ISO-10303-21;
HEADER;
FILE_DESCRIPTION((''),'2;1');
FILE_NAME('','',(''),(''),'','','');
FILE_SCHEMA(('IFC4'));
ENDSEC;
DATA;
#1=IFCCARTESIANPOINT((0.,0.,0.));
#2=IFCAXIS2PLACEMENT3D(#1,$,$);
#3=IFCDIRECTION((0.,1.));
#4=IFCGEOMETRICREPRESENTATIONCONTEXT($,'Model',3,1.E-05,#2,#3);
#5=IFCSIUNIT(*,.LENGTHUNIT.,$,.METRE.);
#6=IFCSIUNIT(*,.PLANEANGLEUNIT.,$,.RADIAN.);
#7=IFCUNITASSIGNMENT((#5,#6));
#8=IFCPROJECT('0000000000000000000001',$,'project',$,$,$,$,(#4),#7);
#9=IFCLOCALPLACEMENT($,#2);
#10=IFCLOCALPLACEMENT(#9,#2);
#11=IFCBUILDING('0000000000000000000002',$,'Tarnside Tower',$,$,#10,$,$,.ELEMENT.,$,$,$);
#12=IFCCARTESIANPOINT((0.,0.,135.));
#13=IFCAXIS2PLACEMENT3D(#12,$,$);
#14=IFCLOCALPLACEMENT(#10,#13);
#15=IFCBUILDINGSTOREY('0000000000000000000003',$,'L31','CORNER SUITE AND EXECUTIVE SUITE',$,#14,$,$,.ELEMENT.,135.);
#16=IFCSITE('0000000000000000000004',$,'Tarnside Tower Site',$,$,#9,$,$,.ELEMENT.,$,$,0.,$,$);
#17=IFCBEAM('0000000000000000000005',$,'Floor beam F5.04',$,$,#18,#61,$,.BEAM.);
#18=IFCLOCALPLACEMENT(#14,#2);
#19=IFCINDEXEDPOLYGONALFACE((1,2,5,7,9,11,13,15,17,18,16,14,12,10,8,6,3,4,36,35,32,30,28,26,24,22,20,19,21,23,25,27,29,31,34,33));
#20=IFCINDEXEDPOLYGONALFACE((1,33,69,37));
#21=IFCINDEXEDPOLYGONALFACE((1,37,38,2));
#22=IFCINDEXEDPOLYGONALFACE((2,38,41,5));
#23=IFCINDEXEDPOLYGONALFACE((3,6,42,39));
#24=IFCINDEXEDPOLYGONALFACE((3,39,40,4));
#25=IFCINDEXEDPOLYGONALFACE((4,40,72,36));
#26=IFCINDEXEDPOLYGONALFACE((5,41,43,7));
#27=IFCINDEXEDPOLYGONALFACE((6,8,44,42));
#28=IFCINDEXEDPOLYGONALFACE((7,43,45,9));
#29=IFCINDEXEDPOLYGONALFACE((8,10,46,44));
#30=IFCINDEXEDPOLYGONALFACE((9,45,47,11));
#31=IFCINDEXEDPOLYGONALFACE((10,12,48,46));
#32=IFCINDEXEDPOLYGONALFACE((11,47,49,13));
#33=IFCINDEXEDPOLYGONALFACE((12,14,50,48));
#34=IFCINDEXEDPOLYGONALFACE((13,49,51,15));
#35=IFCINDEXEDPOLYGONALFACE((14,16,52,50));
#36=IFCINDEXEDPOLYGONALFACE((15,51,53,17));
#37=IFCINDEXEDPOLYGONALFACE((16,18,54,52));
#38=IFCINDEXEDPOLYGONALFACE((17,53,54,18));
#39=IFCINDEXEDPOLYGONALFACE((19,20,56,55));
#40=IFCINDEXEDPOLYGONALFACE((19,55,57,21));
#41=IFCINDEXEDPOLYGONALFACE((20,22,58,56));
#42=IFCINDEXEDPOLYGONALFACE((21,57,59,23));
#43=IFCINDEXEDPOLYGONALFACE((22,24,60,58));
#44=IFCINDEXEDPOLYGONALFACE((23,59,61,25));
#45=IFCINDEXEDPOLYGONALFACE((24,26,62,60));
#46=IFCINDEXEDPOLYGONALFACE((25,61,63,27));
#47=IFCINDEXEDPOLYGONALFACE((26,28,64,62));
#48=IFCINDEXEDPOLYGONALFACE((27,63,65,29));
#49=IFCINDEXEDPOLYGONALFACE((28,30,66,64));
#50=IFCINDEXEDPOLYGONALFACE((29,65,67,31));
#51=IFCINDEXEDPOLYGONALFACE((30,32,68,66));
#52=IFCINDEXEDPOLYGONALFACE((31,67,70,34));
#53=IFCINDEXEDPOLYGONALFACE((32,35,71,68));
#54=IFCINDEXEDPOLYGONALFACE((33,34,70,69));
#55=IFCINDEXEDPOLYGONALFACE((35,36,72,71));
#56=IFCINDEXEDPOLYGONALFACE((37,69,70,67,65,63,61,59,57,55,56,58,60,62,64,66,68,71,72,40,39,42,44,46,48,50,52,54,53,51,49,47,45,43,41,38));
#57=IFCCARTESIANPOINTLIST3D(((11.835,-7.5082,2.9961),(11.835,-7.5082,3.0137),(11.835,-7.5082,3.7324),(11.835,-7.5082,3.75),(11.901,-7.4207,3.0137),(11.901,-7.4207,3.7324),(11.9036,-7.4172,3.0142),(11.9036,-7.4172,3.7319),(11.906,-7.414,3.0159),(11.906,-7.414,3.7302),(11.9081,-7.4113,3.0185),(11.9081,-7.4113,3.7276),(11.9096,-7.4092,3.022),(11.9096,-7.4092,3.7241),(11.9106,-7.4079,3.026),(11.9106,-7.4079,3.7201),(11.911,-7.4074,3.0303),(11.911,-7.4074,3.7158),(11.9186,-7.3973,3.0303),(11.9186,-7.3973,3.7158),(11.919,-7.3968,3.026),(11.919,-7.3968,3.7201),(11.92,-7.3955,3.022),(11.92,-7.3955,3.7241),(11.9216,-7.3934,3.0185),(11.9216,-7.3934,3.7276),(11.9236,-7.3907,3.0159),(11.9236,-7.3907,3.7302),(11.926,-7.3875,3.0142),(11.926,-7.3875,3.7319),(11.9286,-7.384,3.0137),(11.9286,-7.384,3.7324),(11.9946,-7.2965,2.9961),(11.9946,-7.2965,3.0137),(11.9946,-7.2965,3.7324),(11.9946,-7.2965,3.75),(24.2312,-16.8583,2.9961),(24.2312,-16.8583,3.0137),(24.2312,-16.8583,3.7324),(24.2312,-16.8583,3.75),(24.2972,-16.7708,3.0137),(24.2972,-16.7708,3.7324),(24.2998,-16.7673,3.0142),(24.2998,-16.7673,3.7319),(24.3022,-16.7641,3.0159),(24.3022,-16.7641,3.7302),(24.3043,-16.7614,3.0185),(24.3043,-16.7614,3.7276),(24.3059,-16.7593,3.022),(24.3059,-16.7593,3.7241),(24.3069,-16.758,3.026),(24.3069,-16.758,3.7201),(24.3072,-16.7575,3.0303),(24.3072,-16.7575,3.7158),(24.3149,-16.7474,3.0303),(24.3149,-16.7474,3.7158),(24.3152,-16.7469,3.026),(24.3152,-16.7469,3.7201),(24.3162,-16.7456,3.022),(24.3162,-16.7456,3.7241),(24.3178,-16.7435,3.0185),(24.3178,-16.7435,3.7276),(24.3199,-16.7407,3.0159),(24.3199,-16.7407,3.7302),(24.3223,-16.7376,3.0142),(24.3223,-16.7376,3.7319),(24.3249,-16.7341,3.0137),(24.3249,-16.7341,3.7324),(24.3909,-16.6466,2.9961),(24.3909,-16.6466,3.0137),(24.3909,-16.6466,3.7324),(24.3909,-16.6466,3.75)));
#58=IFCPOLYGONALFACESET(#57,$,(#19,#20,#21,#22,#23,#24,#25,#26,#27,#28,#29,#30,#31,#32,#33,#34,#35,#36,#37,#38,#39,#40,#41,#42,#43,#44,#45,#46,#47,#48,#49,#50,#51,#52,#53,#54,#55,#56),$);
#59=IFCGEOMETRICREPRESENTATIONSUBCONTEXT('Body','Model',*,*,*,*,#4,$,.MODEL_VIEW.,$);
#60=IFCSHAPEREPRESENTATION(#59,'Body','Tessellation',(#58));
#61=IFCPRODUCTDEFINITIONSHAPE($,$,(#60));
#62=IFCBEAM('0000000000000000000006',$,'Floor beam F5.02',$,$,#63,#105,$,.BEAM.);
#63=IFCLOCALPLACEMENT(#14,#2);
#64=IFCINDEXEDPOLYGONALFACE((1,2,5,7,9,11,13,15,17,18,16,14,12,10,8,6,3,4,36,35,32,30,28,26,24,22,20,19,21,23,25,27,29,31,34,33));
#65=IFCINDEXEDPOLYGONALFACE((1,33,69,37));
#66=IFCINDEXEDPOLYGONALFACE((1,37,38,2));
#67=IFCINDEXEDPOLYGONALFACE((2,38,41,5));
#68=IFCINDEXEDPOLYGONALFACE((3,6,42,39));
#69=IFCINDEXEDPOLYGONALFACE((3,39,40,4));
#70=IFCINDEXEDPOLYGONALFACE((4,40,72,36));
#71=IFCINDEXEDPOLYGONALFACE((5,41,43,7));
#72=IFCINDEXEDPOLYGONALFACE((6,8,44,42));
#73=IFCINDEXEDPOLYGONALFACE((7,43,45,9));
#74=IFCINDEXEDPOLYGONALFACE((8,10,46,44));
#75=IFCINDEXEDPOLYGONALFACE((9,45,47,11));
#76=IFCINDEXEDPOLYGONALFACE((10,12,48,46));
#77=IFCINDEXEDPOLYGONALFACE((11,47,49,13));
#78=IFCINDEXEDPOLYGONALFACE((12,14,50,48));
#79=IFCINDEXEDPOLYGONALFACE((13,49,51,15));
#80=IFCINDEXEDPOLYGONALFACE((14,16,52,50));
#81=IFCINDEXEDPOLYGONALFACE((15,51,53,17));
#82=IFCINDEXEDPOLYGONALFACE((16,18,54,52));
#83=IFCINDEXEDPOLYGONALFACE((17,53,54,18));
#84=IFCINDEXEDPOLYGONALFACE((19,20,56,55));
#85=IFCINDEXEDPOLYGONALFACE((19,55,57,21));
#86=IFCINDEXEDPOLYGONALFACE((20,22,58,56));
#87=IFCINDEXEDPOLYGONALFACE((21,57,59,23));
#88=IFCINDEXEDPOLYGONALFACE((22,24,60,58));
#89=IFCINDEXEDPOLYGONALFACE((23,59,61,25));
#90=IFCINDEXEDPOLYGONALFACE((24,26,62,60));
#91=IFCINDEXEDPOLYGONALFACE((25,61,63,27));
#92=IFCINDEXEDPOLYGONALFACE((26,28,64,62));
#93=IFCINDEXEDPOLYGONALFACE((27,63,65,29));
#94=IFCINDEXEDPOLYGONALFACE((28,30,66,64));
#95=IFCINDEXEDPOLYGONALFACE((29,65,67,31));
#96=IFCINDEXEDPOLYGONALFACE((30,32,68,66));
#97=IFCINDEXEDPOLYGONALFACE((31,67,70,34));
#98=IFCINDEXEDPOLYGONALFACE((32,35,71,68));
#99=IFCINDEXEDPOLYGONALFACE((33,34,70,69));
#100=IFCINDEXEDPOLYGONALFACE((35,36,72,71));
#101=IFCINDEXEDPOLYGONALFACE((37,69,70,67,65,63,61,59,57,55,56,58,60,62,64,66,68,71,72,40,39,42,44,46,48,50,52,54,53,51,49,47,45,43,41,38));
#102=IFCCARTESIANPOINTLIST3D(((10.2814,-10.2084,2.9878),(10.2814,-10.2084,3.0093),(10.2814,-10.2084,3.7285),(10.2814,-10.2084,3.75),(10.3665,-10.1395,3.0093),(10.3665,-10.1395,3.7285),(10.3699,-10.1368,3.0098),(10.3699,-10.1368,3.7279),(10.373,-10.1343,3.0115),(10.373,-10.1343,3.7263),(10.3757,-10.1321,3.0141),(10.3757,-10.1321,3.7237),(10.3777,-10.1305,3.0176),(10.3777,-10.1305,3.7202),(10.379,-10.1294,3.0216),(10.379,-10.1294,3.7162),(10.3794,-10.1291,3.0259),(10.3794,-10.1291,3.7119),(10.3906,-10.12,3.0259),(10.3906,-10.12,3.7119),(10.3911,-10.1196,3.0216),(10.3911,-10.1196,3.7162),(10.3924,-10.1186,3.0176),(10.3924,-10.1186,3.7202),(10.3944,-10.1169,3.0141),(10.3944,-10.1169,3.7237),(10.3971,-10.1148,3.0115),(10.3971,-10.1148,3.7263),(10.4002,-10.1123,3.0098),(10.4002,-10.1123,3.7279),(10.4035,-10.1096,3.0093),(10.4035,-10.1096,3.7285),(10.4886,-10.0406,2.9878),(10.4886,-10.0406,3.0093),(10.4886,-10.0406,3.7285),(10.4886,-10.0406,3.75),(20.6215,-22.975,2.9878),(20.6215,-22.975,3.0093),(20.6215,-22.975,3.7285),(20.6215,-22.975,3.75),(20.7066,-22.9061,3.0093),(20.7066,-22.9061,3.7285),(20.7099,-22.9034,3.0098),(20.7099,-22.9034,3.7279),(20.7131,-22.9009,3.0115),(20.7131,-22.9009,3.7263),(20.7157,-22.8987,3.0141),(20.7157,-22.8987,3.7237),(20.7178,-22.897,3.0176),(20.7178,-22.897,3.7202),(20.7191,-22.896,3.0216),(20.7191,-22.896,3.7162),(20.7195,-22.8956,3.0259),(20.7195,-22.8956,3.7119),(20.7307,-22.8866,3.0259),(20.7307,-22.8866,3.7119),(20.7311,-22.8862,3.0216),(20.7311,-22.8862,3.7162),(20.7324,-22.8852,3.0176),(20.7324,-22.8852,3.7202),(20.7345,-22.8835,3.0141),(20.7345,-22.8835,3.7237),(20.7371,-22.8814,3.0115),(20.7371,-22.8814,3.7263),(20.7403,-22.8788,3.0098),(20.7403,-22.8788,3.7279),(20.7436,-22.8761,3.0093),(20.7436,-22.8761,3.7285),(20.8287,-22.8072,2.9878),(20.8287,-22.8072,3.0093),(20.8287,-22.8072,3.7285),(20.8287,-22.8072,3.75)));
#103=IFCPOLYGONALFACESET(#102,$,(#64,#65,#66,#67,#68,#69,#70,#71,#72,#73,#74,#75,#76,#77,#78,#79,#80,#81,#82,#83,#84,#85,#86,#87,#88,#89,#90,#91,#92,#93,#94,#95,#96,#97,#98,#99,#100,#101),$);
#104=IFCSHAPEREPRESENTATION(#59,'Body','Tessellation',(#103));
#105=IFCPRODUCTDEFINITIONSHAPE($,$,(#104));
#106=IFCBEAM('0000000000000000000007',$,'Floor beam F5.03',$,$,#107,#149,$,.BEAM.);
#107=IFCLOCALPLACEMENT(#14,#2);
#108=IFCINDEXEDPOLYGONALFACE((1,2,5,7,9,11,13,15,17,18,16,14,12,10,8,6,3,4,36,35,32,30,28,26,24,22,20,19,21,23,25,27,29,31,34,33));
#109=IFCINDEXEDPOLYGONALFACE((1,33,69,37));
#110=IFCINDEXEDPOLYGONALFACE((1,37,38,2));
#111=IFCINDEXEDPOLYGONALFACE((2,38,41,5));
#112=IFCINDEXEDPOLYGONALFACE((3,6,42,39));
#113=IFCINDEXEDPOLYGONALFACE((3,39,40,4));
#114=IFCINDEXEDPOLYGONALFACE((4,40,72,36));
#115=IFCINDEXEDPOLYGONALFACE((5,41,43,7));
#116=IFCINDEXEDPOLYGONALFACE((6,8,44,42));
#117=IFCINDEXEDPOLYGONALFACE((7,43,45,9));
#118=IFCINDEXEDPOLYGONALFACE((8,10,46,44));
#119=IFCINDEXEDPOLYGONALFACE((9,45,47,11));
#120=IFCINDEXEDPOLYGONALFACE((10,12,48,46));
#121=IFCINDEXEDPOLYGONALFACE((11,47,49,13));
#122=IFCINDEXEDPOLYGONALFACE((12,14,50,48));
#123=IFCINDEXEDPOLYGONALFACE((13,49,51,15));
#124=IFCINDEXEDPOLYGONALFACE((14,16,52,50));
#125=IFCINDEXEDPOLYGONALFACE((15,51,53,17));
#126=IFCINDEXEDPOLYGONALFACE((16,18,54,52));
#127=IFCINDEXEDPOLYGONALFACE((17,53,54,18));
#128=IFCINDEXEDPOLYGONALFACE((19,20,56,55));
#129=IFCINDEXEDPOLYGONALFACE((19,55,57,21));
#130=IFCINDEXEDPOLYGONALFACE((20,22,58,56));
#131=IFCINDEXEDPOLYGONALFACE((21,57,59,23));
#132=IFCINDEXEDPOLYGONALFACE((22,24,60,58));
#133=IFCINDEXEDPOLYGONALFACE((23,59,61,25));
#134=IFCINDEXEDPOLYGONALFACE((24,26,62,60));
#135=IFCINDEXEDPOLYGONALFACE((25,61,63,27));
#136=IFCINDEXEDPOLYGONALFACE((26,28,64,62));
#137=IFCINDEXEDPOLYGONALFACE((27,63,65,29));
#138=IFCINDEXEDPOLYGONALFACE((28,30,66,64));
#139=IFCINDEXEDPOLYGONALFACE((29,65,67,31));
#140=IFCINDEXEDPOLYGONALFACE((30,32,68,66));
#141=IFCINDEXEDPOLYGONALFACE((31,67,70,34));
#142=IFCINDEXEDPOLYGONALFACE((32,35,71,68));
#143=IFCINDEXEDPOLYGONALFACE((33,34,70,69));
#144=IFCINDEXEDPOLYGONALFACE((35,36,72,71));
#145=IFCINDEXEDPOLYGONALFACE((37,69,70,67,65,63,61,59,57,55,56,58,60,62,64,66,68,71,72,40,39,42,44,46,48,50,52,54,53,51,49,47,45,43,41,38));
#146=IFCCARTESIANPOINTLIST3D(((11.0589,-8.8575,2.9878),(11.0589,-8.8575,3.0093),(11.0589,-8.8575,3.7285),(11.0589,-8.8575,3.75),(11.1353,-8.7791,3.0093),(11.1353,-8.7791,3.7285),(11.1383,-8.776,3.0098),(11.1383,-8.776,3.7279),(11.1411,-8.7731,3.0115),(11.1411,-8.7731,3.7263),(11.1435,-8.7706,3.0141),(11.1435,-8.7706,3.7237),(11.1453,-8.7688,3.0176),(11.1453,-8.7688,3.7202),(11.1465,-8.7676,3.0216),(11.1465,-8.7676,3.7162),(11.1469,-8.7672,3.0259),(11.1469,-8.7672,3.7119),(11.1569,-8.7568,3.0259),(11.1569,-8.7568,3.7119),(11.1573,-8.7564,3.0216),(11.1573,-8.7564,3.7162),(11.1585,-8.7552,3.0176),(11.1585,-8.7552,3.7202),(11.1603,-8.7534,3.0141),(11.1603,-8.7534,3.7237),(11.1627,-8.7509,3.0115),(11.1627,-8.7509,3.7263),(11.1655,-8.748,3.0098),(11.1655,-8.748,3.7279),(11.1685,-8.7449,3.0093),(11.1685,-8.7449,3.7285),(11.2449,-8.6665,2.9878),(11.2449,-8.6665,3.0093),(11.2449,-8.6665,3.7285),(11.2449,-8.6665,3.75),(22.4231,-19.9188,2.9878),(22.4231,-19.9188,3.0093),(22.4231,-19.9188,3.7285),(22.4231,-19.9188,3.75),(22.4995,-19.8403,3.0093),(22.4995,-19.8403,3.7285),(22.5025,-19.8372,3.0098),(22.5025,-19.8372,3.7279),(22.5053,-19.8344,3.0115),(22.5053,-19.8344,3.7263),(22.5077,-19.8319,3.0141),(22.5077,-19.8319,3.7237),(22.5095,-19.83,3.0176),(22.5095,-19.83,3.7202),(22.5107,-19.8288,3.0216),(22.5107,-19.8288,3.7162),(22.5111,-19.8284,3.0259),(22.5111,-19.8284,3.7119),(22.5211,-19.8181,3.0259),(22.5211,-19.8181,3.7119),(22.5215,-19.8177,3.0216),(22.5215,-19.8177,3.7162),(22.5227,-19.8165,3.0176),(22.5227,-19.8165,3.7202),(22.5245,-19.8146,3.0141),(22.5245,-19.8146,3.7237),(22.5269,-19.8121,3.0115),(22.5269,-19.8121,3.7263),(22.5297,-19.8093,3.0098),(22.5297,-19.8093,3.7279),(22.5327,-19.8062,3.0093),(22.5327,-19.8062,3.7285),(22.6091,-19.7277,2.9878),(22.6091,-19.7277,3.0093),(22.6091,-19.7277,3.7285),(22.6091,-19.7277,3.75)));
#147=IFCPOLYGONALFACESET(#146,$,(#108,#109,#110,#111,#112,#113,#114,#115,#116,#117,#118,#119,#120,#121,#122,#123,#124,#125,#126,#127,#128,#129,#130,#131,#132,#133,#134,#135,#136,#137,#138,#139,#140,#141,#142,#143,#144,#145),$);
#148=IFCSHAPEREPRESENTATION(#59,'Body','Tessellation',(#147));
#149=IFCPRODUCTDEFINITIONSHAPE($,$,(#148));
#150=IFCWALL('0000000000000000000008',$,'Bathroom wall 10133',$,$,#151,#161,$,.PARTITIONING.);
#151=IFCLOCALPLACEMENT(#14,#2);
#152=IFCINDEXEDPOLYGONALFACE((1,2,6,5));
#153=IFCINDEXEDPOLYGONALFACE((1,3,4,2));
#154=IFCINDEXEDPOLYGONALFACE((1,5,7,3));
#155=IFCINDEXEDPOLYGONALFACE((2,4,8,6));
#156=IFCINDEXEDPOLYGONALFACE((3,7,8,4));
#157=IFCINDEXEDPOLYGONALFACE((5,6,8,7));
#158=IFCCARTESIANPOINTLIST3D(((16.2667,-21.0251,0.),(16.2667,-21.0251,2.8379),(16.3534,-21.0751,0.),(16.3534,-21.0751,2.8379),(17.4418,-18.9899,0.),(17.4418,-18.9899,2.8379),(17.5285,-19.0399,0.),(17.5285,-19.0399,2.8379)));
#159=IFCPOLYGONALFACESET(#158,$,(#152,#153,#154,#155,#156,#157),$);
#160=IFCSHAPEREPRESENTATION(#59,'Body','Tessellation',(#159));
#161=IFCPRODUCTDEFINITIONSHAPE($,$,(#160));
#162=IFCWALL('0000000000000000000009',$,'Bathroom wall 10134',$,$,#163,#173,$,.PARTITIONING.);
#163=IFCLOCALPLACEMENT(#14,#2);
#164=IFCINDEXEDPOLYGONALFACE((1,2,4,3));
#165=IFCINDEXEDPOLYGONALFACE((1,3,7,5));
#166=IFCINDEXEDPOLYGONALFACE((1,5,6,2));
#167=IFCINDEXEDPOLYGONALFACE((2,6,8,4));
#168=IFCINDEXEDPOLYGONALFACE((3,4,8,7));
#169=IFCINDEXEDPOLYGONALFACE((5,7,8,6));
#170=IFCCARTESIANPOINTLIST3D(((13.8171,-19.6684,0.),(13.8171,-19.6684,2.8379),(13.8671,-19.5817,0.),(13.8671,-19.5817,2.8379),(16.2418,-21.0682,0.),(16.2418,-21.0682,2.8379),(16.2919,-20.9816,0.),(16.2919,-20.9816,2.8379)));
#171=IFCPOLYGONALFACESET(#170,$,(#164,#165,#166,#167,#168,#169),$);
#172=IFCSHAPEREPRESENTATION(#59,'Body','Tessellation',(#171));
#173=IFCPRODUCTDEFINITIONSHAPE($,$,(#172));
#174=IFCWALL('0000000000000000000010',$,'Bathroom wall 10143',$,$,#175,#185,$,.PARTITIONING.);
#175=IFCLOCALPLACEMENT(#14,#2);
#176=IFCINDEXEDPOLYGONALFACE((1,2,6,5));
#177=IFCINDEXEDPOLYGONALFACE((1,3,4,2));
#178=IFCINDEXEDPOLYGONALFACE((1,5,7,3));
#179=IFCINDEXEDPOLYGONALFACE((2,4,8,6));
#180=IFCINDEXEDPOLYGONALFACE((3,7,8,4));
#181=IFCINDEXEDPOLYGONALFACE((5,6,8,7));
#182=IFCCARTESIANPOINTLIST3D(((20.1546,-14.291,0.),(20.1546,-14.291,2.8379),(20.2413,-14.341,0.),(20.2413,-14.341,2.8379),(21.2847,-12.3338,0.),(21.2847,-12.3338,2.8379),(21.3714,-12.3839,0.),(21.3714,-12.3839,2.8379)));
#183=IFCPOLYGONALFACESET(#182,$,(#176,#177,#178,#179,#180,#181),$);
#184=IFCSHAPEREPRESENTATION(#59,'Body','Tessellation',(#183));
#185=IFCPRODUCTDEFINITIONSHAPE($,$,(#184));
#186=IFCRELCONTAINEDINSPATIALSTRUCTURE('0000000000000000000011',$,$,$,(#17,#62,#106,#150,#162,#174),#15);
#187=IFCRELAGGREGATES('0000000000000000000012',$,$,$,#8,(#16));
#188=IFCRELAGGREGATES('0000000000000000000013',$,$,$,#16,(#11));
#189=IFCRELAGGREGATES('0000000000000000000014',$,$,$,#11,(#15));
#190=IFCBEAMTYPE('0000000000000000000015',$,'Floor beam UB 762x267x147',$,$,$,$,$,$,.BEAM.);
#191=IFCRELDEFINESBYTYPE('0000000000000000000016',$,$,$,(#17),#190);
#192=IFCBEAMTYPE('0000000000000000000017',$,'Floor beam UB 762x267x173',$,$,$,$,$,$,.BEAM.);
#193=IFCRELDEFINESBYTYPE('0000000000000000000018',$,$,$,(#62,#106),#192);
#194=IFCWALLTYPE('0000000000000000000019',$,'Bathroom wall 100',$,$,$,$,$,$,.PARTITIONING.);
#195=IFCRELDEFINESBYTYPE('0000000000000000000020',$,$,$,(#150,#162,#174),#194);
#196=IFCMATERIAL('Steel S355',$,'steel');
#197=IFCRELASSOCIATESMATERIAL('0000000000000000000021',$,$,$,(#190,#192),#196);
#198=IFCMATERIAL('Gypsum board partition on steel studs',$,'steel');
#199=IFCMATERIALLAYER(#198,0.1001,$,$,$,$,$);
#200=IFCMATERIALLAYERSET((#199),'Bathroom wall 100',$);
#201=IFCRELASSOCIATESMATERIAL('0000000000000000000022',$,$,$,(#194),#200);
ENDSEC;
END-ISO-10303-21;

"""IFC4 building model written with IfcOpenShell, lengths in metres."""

from ifc_helpers import new_model, si_unit, direction, frame, frame_2d, origin, origin_2d, place, context, subcontext, project, spatial, rectangle, i_section, extrude, material, layer, layer_set, material_profile, profile_set, type_object, element, save


model = new_model("IFC4")

# Units and contexts
model_context = context("Model", 3, precision=1e-05, world=origin(), true_north=direction((0.0, 1.0)))
body_context = subcontext(model_context, "Body", "Model", "MODEL_VIEW")
ifc_project = project(units=[si_unit("LENGTHUNIT", "METRE"), si_unit("PLANEANGLEUNIT", "RADIAN")], contexts=[model_context])

# Site, building, storey
site_placement = place(None, origin())
site = spatial("IfcSite", under=ifc_project, at=site_placement, Name="Tarnside Tower Site", CompositionType="ELEMENT", RefElevation=0.0)
building_placement = place(site_placement, origin())
building = spatial("IfcBuilding", under=site, at=building_placement, Name="Tarnside Tower", CompositionType="ELEMENT")
storey_placement = place(building_placement, frame((0.0, 0.0, 135.0)))
storey = spatial("IfcBuildingStorey", under=building, at=storey_placement, Name="L31", Description="CORNER SUITE AND EXECUTIVE SUITE", CompositionType="ELEMENT", Elevation=135.0)

# Beams
ifc_material_1 = material(Name="Steel S355", Category="steel")
ifc_material_profile_1 = material_profile(ifc_material_1, i_section(OverallWidth=0.2651, OverallDepth=0.7539, WebThickness=0.0127, FlangeThickness=0.0176, FilletRadius=0.0166, at=origin_2d()), Name="UB 762x267x147")
ifc_profile_set_1 = profile_set([ifc_material_profile_1], Name="Steel S355")
beam_type_1 = type_object("IfcBeamType", Name="Floor beam UB 762x267x147", PredefinedType="BEAM", material=ifc_profile_set_1)
beam_1_placement = place(storey_placement, frame((24.311, -16.7524, 3.373), z_axis=(-0.798361, 0.602179, 0.0), x_axis=(-0.602179, -0.798361, 0.0)))
element("IfcBeam", 1, at=beam_1_placement, inside=storey, type_object=beam_type_1, Name="Floor beam F5.04", PredefinedType="BEAM", context=body_context, shape_type="SweptSolid", body=[
    extrude(i_section(OverallWidth=0.2651, OverallDepth=0.7539, WebThickness=0.0127, FlangeThickness=0.0176, FilletRadius=0.0166, at=origin_2d()), origin(), (0.0, 0.0, 1.0), 15.5271),
])
ifc_material_profile_2 = material_profile(ifc_material_1, i_section(OverallWidth=0.2666, OverallDepth=0.7622, WebThickness=0.0144, FlangeThickness=0.0215, FilletRadius=0.0166, at=origin_2d()), Name="UB 762x267x173")
ifc_profile_set_2 = profile_set([ifc_material_profile_2], Name="Steel S355")
beam_type_2 = type_object("IfcBeamType", Name="Floor beam UB 762x267x173", PredefinedType="BEAM", material=ifc_profile_set_2)
beam_2_placement = place(storey_placement, frame((20.7251, -22.8911, 3.3689), z_axis=(-0.62939, 0.777089, 0.0), x_axis=(-0.777089, -0.62939, 0.0)))
element("IfcBeam", 2, at=beam_2_placement, inside=storey, type_object=beam_type_2, Name="Floor beam F5.02", PredefinedType="BEAM", context=body_context, shape_type="SweptSolid", body=[
    extrude(i_section(OverallWidth=0.2666, OverallDepth=0.7622, WebThickness=0.0144, FlangeThickness=0.0215, FilletRadius=0.0166, at=origin_2d()), origin(), (0.0, 0.0, 1.0), 16.4287),
])
beam_3_placement = place(storey_placement, frame((22.5161, -19.8232, 3.3689), z_axis=(-0.716595, 0.69749, 0.0), x_axis=(-0.69749, -0.716595, 0.0)))
element("IfcBeam", 3, at=beam_3_placement, inside=storey, type_object=beam_type_2, Name="Floor beam F5.03", PredefinedType="BEAM", context=body_context, shape_type="SweptSolid", body=[
    extrude(i_section(OverallWidth=0.2666, OverallDepth=0.7622, WebThickness=0.0144, FlangeThickness=0.0215, FilletRadius=0.0166, at=origin_2d()), origin(), (0.0, 0.0, 1.0), 15.8586),
])

# Walls
ifc_material_2 = material(Name="Gypsum board partition on steel studs", Category="steel")
ifc_layer_1 = layer(ifc_material_2, 0.1001)
ifc_layer_set_1 = layer_set([ifc_layer_1], Name="Bathroom wall 100")
wall_type_1 = type_object("IfcWallType", Name="Bathroom wall 100", PredefinedType="PARTITIONING", material=ifc_layer_set_1)
wall_1_placement = place(storey_placement, frame((17.4851, -19.0149, 0.0), z_axis=(0.0, 0.0, 1.0), x_axis=(-0.500016, -0.866016, 0.0)))
element("IfcWall", 4, at=wall_1_placement, inside=storey, type_object=wall_type_1, Name="Bathroom wall 10133", PredefinedType="PARTITIONING", context=body_context, shape_type="SweptSolid", body=[
    extrude(rectangle(XDim=2.3501, YDim=0.1001, at=frame_2d((1.175, 0.0))), origin(), (0.0, 0.0, 1.0), 2.8379),
])
wall_2_placement = place(storey_placement, frame((16.2668, -21.0249, 0.0), z_axis=(0.0, 0.0, 1.0), x_axis=(-0.866035, 0.499984, 0.0)))
element("IfcWall", 5, at=wall_2_placement, inside=storey, type_object=wall_type_1, Name="Bathroom wall 10134", PredefinedType="PARTITIONING", context=body_context, shape_type="SweptSolid", body=[
    extrude(rectangle(XDim=2.7998, YDim=0.1001, at=frame_2d((1.3999, 0.0))), origin(), (0.0, 0.0, 1.0), 2.8379),
])
wall_3_placement = place(storey_placement, frame((20.198, -14.3159, 0.0), z_axis=(0.0, 0.0, 1.0), x_axis=(0.500031, 0.866007, 0.0)))
element("IfcWall", 6, at=wall_3_placement, inside=storey, type_object=wall_type_1, Name="Bathroom wall 10143", PredefinedType="PARTITIONING", context=body_context, shape_type="SweptSolid", body=[
    extrude(rectangle(XDim=2.26, YDim=0.1001, at=frame_2d((1.1299, 0.0))), origin(), (0.0, 0.0, 1.0), 2.8379),
])

save(model, "model.ifc")
